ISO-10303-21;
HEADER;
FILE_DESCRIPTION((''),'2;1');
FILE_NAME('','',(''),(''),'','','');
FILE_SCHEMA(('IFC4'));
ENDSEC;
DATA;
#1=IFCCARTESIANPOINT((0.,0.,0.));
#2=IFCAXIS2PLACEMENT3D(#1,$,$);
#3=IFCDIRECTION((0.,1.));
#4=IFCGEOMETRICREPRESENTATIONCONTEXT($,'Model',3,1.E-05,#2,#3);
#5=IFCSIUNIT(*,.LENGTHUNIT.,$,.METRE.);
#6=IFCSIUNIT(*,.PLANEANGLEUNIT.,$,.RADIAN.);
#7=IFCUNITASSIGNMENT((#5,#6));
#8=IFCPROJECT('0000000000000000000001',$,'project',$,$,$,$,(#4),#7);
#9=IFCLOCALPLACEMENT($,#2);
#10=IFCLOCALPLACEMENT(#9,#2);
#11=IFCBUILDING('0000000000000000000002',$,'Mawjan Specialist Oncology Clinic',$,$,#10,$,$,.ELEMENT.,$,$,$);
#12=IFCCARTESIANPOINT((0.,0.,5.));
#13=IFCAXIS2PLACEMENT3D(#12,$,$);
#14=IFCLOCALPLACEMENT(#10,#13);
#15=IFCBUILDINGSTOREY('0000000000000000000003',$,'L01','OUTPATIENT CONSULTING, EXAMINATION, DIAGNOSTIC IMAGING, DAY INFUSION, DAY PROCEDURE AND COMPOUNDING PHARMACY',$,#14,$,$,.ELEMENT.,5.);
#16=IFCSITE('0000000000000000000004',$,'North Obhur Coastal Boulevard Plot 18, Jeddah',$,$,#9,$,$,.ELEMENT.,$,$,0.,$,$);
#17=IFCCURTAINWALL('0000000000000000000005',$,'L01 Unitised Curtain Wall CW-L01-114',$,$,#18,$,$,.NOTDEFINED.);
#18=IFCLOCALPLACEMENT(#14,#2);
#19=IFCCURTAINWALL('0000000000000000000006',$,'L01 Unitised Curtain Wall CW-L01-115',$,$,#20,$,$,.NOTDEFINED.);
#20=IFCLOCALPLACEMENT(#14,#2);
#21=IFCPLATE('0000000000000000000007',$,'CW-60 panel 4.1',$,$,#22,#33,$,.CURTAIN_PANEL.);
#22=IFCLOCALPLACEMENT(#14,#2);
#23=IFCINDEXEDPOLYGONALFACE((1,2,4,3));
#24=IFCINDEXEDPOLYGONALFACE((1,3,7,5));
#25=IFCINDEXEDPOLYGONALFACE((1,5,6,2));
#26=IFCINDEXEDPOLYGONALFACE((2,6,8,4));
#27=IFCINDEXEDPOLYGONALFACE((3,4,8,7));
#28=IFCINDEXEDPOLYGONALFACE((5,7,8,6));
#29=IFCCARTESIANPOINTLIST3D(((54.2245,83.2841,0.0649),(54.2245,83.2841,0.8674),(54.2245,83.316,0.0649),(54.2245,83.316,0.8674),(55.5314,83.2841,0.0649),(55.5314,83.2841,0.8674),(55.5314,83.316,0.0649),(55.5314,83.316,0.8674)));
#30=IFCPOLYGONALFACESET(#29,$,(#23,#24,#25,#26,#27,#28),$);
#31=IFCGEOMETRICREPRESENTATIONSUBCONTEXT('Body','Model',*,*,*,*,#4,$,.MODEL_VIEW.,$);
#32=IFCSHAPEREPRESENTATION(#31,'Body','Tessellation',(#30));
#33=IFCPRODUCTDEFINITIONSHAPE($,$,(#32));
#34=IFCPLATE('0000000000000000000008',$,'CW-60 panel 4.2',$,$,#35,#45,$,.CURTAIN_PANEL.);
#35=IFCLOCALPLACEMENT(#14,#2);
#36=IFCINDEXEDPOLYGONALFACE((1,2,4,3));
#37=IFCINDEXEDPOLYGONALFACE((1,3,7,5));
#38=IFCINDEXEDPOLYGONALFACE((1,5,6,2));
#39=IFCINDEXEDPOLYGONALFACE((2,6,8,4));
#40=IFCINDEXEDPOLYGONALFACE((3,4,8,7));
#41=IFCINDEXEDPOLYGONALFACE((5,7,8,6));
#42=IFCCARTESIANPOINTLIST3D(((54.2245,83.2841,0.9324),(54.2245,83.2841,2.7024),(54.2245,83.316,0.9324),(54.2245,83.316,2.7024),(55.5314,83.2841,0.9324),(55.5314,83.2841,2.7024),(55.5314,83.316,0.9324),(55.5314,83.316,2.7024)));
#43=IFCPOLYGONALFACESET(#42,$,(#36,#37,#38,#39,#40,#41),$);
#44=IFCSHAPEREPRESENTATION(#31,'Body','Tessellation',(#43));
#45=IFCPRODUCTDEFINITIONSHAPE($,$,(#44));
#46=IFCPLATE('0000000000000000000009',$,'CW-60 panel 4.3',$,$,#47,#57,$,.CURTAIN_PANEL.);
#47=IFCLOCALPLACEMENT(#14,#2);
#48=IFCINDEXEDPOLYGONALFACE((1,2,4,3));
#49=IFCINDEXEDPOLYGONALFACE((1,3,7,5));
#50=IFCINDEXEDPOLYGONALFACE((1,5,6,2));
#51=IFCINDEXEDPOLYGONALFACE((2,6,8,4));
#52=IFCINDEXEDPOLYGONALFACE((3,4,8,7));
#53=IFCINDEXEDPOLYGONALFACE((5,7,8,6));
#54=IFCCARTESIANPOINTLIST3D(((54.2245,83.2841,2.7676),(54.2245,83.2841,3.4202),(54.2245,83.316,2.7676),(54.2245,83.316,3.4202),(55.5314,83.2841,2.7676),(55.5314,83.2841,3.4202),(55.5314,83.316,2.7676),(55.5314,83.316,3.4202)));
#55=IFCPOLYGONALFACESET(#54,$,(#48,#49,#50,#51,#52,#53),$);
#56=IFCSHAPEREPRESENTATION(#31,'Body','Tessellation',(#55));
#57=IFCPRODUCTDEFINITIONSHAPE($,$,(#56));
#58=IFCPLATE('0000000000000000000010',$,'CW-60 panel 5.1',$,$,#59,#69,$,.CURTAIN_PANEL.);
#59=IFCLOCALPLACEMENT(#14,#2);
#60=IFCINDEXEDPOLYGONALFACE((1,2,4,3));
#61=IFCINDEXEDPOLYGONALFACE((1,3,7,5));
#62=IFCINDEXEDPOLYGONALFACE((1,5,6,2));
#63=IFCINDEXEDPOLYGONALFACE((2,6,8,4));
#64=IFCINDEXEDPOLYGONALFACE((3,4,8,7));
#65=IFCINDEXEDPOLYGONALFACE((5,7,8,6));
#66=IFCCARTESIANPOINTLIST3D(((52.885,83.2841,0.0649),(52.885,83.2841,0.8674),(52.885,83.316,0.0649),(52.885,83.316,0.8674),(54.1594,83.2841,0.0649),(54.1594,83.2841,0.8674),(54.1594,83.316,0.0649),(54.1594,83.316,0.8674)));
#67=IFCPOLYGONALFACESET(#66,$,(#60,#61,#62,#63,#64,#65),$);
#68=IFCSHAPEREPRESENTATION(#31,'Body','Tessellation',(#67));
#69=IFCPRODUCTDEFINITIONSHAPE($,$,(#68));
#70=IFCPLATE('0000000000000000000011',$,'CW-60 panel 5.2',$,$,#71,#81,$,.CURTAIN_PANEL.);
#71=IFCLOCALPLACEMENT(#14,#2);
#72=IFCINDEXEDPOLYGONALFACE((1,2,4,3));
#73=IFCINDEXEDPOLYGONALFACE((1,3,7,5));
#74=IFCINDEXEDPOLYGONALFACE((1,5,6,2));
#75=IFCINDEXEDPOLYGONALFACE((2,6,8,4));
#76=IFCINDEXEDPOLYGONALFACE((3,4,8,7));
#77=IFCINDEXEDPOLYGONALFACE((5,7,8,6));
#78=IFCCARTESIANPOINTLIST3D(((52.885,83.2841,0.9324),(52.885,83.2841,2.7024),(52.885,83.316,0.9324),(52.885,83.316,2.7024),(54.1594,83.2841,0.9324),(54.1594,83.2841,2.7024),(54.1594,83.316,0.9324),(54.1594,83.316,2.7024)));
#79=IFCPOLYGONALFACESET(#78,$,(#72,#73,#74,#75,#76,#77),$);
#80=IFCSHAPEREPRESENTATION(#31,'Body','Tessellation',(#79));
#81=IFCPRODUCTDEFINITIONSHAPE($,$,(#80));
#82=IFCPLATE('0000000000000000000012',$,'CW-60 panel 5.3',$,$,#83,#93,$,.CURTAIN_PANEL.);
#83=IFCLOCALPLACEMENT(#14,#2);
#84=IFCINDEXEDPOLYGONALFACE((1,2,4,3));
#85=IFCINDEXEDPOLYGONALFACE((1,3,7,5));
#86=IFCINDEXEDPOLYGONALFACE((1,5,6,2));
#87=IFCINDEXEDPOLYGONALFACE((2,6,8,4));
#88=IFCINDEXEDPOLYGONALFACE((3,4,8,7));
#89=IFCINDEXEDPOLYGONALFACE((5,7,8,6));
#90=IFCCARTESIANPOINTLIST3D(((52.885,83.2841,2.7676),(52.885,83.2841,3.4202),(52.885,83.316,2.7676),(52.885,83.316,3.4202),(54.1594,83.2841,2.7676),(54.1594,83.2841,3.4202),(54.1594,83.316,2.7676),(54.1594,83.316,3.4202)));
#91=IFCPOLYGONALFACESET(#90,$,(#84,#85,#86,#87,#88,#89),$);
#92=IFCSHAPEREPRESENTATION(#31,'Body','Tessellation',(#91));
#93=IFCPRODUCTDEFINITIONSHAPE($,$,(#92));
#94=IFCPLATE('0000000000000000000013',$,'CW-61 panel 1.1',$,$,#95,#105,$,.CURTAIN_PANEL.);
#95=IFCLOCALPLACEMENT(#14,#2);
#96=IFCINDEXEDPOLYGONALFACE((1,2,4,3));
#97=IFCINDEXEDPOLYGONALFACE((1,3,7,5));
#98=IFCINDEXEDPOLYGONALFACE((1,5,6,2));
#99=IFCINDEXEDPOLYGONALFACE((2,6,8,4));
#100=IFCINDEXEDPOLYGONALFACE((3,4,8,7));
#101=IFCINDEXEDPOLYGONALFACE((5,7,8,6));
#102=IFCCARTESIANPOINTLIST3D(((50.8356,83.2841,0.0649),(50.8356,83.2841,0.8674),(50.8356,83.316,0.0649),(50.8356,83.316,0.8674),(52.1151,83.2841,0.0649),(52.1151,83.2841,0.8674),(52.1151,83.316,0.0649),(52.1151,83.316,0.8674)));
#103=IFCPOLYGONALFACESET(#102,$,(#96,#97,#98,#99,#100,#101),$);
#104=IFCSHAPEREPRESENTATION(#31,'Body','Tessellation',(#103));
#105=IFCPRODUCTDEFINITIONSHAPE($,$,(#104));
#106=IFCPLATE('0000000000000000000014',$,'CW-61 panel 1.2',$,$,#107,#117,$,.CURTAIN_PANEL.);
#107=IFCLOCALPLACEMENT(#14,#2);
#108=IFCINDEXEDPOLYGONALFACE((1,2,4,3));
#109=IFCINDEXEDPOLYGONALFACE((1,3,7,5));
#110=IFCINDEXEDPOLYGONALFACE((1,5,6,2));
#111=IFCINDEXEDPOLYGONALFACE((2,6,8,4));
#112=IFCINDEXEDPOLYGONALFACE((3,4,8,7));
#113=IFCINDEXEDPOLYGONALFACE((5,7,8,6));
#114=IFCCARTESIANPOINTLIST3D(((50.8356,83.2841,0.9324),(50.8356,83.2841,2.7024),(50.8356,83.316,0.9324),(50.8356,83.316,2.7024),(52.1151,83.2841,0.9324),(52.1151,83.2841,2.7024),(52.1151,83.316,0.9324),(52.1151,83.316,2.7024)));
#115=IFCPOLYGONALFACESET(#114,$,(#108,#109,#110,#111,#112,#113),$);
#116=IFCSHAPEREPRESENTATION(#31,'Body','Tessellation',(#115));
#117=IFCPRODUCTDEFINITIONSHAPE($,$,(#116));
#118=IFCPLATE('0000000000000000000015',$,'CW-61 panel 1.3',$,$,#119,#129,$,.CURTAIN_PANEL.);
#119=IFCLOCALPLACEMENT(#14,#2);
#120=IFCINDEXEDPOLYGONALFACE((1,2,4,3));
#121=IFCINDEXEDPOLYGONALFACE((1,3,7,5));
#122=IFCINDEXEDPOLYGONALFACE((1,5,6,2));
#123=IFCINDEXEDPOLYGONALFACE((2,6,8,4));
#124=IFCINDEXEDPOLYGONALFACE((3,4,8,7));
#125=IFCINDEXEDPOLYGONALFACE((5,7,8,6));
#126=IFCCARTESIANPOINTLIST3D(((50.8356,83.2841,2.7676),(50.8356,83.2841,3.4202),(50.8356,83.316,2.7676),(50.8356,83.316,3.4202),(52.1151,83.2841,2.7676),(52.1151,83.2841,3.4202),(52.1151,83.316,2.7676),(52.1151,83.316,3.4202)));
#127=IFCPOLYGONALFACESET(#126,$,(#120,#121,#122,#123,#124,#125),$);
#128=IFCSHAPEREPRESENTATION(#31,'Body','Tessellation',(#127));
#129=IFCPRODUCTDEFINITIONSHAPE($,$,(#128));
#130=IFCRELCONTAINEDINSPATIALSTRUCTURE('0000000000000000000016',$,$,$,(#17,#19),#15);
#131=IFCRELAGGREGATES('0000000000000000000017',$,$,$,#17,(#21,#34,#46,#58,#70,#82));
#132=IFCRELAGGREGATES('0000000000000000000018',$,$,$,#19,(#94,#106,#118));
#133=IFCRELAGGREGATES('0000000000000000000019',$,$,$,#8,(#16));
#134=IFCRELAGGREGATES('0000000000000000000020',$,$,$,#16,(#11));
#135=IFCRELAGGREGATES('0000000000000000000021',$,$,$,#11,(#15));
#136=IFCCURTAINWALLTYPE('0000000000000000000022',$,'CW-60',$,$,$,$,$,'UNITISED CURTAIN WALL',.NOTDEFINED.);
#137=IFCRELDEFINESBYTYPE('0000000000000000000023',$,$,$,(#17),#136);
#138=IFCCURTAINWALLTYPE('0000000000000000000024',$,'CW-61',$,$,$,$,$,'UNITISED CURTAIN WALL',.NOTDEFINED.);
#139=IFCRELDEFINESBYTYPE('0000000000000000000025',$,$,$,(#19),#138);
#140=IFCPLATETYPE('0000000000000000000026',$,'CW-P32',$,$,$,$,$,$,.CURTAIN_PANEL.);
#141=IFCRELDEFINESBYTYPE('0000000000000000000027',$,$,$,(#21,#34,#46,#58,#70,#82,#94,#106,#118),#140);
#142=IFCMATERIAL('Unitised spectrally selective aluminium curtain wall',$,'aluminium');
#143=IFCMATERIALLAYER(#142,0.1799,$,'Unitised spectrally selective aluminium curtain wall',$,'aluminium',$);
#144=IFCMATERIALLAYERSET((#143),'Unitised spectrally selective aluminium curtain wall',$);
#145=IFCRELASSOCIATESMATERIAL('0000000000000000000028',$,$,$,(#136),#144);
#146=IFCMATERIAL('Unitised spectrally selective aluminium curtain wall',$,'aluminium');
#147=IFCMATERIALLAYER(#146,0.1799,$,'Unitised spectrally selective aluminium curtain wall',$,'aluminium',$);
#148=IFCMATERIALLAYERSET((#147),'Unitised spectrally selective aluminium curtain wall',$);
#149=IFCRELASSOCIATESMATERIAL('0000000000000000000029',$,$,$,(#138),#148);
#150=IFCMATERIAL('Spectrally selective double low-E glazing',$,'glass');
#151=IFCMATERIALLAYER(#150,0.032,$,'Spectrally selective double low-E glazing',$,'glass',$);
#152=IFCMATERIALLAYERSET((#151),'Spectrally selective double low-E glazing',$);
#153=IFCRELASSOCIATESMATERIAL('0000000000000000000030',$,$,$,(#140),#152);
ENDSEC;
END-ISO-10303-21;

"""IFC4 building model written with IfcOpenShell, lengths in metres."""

from ifc_helpers import new_model, si_unit, direction, frame, origin, origin_2d, place, context, subcontext, project, spatial, rectangle, extrude, material, layer, layer_set, type_object, element, aggregate, save


model = new_model("IFC4")

# Units and contexts
model_context = context("Model", 3, precision=1e-05, world=origin(), true_north=direction((0.0, 1.0)))
body_context = subcontext(model_context, "Body", "Model", "MODEL_VIEW")
ifc_project = project(units=[si_unit("LENGTHUNIT", "METRE"), si_unit("PLANEANGLEUNIT", "RADIAN")], contexts=[model_context])

# Site, building, storey
site_placement = place(None, origin())
site = spatial("IfcSite", under=ifc_project, at=site_placement, Name="North Obhur Coastal Boulevard Plot 18, Jeddah", CompositionType="ELEMENT", RefElevation=0.0)
building_placement = place(site_placement, origin())
building = spatial("IfcBuilding", under=site, at=building_placement, Name="Mawjan Specialist Oncology Clinic", CompositionType="ELEMENT")
storey_placement = place(building_placement, frame((0.0, 0.0, 5.0)))
storey = spatial("IfcBuildingStorey", under=building, at=storey_placement, Name="L01", Description="OUTPATIENT CONSULTING, EXAMINATION, DIAGNOSTIC IMAGING, DAY INFUSION, DAY PROCEDURE AND COMPOUNDING PHARMACY", CompositionType="ELEMENT", Elevation=5.0)

# Curtain walls
ifc_material_1 = material(Name="Unitised spectrally selective aluminium curtain wall", Category="aluminium")
ifc_layer_1 = layer(ifc_material_1, 0.1799, Name="Unitised spectrally selective aluminium curtain wall", Category="aluminium")
ifc_layer_set_1 = layer_set([ifc_layer_1], Name="Unitised spectrally selective aluminium curtain wall")
curtain_wall_type_1 = type_object("IfcCurtainWallType", Name="CW-60", ElementType="UNITISED CURTAIN WALL", PredefinedType="NOTDEFINED", material=ifc_layer_set_1)
curtain_wall_1_placement = place(storey_placement, origin())
curtain_wall_1 = element("IfcCurtainWall", 1, at=curtain_wall_1_placement, inside=storey, type_object=curtain_wall_type_1, Name="L01 Unitised Curtain Wall CW-L01-114", PredefinedType="NOTDEFINED")
ifc_material_2 = material(Name="Unitised spectrally selective aluminium curtain wall", Category="aluminium")
ifc_layer_2 = layer(ifc_material_2, 0.1799, Name="Unitised spectrally selective aluminium curtain wall", Category="aluminium")
ifc_layer_set_2 = layer_set([ifc_layer_2], Name="Unitised spectrally selective aluminium curtain wall")
curtain_wall_type_2 = type_object("IfcCurtainWallType", Name="CW-61", ElementType="UNITISED CURTAIN WALL", PredefinedType="NOTDEFINED", material=ifc_layer_set_2)
curtain_wall_2_placement = place(storey_placement, origin())
curtain_wall_2 = element("IfcCurtainWall", 2, at=curtain_wall_2_placement, inside=storey, type_object=curtain_wall_type_2, Name="L01 Unitised Curtain Wall CW-L01-115", PredefinedType="NOTDEFINED")

# Plates
ifc_material_3 = material(Name="Spectrally selective double low-E glazing", Category="glass")
ifc_layer_3 = layer(ifc_material_3, 0.032, Name="Spectrally selective double low-E glazing", Category="glass")
ifc_layer_set_3 = layer_set([ifc_layer_3], Name="Spectrally selective double low-E glazing")
plate_type = type_object("IfcPlateType", Name="CW-P32", PredefinedType="CURTAIN_PANEL", material=ifc_layer_set_3)
plate_1_placement = place(storey_placement, frame((54.8779, 83.3, 0.0649), z_axis=(0.0, 0.0, 1.0), x_axis=(-1.0, 0.0, 0.0)))
plate_1 = element("IfcPlate", 3, at=plate_1_placement, type_object=plate_type, Name="CW-60 panel 4.1", PredefinedType="CURTAIN_PANEL", context=body_context, shape_type="SweptSolid", body=[
    extrude(rectangle(XDim=1.3069, YDim=0.032, at=origin_2d()), origin(), (0.0, 0.0, 1.0), 0.8025),
])
plate_2_placement = place(storey_placement, frame((54.8779, 83.3, 0.9324), z_axis=(0.0, 0.0, 1.0), x_axis=(-1.0, 0.0, 0.0)))
plate_2 = element("IfcPlate", 4, at=plate_2_placement, type_object=plate_type, Name="CW-60 panel 4.2", PredefinedType="CURTAIN_PANEL", context=body_context, shape_type="SweptSolid", body=[
    extrude(rectangle(XDim=1.3069, YDim=0.032, at=origin_2d()), origin(), (0.0, 0.0, 1.0), 1.77),
])
plate_3_placement = place(storey_placement, frame((54.8779, 83.3, 2.7676), z_axis=(0.0, 0.0, 1.0), x_axis=(-1.0, 0.0, 0.0)))
plate_3 = element("IfcPlate", 5, at=plate_3_placement, type_object=plate_type, Name="CW-60 panel 4.3", PredefinedType="CURTAIN_PANEL", context=body_context, shape_type="SweptSolid", body=[
    extrude(rectangle(XDim=1.3069, YDim=0.032, at=origin_2d()), origin(), (0.0, 0.0, 1.0), 0.6526),
])
plate_4_placement = place(storey_placement, frame((53.5222, 83.3, 0.0649), z_axis=(0.0, 0.0, 1.0), x_axis=(-1.0, 0.0, 0.0)))
plate_4 = element("IfcPlate", 6, at=plate_4_placement, type_object=plate_type, Name="CW-60 panel 5.1", PredefinedType="CURTAIN_PANEL", context=body_context, shape_type="SweptSolid", body=[
    extrude(rectangle(XDim=1.2744, YDim=0.032, at=origin_2d()), origin(), (0.0, 0.0, 1.0), 0.8025),
])
plate_5_placement = place(storey_placement, frame((53.5222, 83.3, 0.9324), z_axis=(0.0, 0.0, 1.0), x_axis=(-1.0, 0.0, 0.0)))
plate_5 = element("IfcPlate", 7, at=plate_5_placement, type_object=plate_type, Name="CW-60 panel 5.2", PredefinedType="CURTAIN_PANEL", context=body_context, shape_type="SweptSolid", body=[
    extrude(rectangle(XDim=1.2744, YDim=0.032, at=origin_2d()), origin(), (0.0, 0.0, 1.0), 1.77),
])
plate_6_placement = place(storey_placement, frame((53.5222, 83.3, 2.7676), z_axis=(0.0, 0.0, 1.0), x_axis=(-1.0, 0.0, 0.0)))
plate_6 = element("IfcPlate", 8, at=plate_6_placement, type_object=plate_type, Name="CW-60 panel 5.3", PredefinedType="CURTAIN_PANEL", context=body_context, shape_type="SweptSolid", body=[
    extrude(rectangle(XDim=1.2744, YDim=0.032, at=origin_2d()), origin(), (0.0, 0.0, 1.0), 0.6526),
])
aggregate(curtain_wall_1, [plate_1, plate_2, plate_3, plate_4, plate_5, plate_6])
plate_7_placement = place(storey_placement, frame((51.4753, 83.3, 0.0649), z_axis=(0.0, 0.0, 1.0), x_axis=(-1.0, 0.0, 0.0)))
plate_7 = element("IfcPlate", 9, at=plate_7_placement, type_object=plate_type, Name="CW-61 panel 1.1", PredefinedType="CURTAIN_PANEL", context=body_context, shape_type="SweptSolid", body=[
    extrude(rectangle(XDim=1.2795, YDim=0.032, at=origin_2d()), origin(), (0.0, 0.0, 1.0), 0.8025),
])
plate_8_placement = place(storey_placement, frame((51.4753, 83.3, 0.9324), z_axis=(0.0, 0.0, 1.0), x_axis=(-1.0, 0.0, 0.0)))
plate_8 = element("IfcPlate", 10, at=plate_8_placement, type_object=plate_type, Name="CW-61 panel 1.2", PredefinedType="CURTAIN_PANEL", context=body_context, shape_type="SweptSolid", body=[
    extrude(rectangle(XDim=1.2795, YDim=0.032, at=origin_2d()), origin(), (0.0, 0.0, 1.0), 1.77),
])
plate_9_placement = place(storey_placement, frame((51.4753, 83.3, 2.7676), z_axis=(0.0, 0.0, 1.0), x_axis=(-1.0, 0.0, 0.0)))
plate_9 = element("IfcPlate", 11, at=plate_9_placement, type_object=plate_type, Name="CW-61 panel 1.3", PredefinedType="CURTAIN_PANEL", context=body_context, shape_type="SweptSolid", body=[
    extrude(rectangle(XDim=1.2795, YDim=0.032, at=origin_2d()), origin(), (0.0, 0.0, 1.0), 0.6526),
])
aggregate(curtain_wall_2, [plate_7, plate_8, plate_9])

save(model, "model.ifc")
